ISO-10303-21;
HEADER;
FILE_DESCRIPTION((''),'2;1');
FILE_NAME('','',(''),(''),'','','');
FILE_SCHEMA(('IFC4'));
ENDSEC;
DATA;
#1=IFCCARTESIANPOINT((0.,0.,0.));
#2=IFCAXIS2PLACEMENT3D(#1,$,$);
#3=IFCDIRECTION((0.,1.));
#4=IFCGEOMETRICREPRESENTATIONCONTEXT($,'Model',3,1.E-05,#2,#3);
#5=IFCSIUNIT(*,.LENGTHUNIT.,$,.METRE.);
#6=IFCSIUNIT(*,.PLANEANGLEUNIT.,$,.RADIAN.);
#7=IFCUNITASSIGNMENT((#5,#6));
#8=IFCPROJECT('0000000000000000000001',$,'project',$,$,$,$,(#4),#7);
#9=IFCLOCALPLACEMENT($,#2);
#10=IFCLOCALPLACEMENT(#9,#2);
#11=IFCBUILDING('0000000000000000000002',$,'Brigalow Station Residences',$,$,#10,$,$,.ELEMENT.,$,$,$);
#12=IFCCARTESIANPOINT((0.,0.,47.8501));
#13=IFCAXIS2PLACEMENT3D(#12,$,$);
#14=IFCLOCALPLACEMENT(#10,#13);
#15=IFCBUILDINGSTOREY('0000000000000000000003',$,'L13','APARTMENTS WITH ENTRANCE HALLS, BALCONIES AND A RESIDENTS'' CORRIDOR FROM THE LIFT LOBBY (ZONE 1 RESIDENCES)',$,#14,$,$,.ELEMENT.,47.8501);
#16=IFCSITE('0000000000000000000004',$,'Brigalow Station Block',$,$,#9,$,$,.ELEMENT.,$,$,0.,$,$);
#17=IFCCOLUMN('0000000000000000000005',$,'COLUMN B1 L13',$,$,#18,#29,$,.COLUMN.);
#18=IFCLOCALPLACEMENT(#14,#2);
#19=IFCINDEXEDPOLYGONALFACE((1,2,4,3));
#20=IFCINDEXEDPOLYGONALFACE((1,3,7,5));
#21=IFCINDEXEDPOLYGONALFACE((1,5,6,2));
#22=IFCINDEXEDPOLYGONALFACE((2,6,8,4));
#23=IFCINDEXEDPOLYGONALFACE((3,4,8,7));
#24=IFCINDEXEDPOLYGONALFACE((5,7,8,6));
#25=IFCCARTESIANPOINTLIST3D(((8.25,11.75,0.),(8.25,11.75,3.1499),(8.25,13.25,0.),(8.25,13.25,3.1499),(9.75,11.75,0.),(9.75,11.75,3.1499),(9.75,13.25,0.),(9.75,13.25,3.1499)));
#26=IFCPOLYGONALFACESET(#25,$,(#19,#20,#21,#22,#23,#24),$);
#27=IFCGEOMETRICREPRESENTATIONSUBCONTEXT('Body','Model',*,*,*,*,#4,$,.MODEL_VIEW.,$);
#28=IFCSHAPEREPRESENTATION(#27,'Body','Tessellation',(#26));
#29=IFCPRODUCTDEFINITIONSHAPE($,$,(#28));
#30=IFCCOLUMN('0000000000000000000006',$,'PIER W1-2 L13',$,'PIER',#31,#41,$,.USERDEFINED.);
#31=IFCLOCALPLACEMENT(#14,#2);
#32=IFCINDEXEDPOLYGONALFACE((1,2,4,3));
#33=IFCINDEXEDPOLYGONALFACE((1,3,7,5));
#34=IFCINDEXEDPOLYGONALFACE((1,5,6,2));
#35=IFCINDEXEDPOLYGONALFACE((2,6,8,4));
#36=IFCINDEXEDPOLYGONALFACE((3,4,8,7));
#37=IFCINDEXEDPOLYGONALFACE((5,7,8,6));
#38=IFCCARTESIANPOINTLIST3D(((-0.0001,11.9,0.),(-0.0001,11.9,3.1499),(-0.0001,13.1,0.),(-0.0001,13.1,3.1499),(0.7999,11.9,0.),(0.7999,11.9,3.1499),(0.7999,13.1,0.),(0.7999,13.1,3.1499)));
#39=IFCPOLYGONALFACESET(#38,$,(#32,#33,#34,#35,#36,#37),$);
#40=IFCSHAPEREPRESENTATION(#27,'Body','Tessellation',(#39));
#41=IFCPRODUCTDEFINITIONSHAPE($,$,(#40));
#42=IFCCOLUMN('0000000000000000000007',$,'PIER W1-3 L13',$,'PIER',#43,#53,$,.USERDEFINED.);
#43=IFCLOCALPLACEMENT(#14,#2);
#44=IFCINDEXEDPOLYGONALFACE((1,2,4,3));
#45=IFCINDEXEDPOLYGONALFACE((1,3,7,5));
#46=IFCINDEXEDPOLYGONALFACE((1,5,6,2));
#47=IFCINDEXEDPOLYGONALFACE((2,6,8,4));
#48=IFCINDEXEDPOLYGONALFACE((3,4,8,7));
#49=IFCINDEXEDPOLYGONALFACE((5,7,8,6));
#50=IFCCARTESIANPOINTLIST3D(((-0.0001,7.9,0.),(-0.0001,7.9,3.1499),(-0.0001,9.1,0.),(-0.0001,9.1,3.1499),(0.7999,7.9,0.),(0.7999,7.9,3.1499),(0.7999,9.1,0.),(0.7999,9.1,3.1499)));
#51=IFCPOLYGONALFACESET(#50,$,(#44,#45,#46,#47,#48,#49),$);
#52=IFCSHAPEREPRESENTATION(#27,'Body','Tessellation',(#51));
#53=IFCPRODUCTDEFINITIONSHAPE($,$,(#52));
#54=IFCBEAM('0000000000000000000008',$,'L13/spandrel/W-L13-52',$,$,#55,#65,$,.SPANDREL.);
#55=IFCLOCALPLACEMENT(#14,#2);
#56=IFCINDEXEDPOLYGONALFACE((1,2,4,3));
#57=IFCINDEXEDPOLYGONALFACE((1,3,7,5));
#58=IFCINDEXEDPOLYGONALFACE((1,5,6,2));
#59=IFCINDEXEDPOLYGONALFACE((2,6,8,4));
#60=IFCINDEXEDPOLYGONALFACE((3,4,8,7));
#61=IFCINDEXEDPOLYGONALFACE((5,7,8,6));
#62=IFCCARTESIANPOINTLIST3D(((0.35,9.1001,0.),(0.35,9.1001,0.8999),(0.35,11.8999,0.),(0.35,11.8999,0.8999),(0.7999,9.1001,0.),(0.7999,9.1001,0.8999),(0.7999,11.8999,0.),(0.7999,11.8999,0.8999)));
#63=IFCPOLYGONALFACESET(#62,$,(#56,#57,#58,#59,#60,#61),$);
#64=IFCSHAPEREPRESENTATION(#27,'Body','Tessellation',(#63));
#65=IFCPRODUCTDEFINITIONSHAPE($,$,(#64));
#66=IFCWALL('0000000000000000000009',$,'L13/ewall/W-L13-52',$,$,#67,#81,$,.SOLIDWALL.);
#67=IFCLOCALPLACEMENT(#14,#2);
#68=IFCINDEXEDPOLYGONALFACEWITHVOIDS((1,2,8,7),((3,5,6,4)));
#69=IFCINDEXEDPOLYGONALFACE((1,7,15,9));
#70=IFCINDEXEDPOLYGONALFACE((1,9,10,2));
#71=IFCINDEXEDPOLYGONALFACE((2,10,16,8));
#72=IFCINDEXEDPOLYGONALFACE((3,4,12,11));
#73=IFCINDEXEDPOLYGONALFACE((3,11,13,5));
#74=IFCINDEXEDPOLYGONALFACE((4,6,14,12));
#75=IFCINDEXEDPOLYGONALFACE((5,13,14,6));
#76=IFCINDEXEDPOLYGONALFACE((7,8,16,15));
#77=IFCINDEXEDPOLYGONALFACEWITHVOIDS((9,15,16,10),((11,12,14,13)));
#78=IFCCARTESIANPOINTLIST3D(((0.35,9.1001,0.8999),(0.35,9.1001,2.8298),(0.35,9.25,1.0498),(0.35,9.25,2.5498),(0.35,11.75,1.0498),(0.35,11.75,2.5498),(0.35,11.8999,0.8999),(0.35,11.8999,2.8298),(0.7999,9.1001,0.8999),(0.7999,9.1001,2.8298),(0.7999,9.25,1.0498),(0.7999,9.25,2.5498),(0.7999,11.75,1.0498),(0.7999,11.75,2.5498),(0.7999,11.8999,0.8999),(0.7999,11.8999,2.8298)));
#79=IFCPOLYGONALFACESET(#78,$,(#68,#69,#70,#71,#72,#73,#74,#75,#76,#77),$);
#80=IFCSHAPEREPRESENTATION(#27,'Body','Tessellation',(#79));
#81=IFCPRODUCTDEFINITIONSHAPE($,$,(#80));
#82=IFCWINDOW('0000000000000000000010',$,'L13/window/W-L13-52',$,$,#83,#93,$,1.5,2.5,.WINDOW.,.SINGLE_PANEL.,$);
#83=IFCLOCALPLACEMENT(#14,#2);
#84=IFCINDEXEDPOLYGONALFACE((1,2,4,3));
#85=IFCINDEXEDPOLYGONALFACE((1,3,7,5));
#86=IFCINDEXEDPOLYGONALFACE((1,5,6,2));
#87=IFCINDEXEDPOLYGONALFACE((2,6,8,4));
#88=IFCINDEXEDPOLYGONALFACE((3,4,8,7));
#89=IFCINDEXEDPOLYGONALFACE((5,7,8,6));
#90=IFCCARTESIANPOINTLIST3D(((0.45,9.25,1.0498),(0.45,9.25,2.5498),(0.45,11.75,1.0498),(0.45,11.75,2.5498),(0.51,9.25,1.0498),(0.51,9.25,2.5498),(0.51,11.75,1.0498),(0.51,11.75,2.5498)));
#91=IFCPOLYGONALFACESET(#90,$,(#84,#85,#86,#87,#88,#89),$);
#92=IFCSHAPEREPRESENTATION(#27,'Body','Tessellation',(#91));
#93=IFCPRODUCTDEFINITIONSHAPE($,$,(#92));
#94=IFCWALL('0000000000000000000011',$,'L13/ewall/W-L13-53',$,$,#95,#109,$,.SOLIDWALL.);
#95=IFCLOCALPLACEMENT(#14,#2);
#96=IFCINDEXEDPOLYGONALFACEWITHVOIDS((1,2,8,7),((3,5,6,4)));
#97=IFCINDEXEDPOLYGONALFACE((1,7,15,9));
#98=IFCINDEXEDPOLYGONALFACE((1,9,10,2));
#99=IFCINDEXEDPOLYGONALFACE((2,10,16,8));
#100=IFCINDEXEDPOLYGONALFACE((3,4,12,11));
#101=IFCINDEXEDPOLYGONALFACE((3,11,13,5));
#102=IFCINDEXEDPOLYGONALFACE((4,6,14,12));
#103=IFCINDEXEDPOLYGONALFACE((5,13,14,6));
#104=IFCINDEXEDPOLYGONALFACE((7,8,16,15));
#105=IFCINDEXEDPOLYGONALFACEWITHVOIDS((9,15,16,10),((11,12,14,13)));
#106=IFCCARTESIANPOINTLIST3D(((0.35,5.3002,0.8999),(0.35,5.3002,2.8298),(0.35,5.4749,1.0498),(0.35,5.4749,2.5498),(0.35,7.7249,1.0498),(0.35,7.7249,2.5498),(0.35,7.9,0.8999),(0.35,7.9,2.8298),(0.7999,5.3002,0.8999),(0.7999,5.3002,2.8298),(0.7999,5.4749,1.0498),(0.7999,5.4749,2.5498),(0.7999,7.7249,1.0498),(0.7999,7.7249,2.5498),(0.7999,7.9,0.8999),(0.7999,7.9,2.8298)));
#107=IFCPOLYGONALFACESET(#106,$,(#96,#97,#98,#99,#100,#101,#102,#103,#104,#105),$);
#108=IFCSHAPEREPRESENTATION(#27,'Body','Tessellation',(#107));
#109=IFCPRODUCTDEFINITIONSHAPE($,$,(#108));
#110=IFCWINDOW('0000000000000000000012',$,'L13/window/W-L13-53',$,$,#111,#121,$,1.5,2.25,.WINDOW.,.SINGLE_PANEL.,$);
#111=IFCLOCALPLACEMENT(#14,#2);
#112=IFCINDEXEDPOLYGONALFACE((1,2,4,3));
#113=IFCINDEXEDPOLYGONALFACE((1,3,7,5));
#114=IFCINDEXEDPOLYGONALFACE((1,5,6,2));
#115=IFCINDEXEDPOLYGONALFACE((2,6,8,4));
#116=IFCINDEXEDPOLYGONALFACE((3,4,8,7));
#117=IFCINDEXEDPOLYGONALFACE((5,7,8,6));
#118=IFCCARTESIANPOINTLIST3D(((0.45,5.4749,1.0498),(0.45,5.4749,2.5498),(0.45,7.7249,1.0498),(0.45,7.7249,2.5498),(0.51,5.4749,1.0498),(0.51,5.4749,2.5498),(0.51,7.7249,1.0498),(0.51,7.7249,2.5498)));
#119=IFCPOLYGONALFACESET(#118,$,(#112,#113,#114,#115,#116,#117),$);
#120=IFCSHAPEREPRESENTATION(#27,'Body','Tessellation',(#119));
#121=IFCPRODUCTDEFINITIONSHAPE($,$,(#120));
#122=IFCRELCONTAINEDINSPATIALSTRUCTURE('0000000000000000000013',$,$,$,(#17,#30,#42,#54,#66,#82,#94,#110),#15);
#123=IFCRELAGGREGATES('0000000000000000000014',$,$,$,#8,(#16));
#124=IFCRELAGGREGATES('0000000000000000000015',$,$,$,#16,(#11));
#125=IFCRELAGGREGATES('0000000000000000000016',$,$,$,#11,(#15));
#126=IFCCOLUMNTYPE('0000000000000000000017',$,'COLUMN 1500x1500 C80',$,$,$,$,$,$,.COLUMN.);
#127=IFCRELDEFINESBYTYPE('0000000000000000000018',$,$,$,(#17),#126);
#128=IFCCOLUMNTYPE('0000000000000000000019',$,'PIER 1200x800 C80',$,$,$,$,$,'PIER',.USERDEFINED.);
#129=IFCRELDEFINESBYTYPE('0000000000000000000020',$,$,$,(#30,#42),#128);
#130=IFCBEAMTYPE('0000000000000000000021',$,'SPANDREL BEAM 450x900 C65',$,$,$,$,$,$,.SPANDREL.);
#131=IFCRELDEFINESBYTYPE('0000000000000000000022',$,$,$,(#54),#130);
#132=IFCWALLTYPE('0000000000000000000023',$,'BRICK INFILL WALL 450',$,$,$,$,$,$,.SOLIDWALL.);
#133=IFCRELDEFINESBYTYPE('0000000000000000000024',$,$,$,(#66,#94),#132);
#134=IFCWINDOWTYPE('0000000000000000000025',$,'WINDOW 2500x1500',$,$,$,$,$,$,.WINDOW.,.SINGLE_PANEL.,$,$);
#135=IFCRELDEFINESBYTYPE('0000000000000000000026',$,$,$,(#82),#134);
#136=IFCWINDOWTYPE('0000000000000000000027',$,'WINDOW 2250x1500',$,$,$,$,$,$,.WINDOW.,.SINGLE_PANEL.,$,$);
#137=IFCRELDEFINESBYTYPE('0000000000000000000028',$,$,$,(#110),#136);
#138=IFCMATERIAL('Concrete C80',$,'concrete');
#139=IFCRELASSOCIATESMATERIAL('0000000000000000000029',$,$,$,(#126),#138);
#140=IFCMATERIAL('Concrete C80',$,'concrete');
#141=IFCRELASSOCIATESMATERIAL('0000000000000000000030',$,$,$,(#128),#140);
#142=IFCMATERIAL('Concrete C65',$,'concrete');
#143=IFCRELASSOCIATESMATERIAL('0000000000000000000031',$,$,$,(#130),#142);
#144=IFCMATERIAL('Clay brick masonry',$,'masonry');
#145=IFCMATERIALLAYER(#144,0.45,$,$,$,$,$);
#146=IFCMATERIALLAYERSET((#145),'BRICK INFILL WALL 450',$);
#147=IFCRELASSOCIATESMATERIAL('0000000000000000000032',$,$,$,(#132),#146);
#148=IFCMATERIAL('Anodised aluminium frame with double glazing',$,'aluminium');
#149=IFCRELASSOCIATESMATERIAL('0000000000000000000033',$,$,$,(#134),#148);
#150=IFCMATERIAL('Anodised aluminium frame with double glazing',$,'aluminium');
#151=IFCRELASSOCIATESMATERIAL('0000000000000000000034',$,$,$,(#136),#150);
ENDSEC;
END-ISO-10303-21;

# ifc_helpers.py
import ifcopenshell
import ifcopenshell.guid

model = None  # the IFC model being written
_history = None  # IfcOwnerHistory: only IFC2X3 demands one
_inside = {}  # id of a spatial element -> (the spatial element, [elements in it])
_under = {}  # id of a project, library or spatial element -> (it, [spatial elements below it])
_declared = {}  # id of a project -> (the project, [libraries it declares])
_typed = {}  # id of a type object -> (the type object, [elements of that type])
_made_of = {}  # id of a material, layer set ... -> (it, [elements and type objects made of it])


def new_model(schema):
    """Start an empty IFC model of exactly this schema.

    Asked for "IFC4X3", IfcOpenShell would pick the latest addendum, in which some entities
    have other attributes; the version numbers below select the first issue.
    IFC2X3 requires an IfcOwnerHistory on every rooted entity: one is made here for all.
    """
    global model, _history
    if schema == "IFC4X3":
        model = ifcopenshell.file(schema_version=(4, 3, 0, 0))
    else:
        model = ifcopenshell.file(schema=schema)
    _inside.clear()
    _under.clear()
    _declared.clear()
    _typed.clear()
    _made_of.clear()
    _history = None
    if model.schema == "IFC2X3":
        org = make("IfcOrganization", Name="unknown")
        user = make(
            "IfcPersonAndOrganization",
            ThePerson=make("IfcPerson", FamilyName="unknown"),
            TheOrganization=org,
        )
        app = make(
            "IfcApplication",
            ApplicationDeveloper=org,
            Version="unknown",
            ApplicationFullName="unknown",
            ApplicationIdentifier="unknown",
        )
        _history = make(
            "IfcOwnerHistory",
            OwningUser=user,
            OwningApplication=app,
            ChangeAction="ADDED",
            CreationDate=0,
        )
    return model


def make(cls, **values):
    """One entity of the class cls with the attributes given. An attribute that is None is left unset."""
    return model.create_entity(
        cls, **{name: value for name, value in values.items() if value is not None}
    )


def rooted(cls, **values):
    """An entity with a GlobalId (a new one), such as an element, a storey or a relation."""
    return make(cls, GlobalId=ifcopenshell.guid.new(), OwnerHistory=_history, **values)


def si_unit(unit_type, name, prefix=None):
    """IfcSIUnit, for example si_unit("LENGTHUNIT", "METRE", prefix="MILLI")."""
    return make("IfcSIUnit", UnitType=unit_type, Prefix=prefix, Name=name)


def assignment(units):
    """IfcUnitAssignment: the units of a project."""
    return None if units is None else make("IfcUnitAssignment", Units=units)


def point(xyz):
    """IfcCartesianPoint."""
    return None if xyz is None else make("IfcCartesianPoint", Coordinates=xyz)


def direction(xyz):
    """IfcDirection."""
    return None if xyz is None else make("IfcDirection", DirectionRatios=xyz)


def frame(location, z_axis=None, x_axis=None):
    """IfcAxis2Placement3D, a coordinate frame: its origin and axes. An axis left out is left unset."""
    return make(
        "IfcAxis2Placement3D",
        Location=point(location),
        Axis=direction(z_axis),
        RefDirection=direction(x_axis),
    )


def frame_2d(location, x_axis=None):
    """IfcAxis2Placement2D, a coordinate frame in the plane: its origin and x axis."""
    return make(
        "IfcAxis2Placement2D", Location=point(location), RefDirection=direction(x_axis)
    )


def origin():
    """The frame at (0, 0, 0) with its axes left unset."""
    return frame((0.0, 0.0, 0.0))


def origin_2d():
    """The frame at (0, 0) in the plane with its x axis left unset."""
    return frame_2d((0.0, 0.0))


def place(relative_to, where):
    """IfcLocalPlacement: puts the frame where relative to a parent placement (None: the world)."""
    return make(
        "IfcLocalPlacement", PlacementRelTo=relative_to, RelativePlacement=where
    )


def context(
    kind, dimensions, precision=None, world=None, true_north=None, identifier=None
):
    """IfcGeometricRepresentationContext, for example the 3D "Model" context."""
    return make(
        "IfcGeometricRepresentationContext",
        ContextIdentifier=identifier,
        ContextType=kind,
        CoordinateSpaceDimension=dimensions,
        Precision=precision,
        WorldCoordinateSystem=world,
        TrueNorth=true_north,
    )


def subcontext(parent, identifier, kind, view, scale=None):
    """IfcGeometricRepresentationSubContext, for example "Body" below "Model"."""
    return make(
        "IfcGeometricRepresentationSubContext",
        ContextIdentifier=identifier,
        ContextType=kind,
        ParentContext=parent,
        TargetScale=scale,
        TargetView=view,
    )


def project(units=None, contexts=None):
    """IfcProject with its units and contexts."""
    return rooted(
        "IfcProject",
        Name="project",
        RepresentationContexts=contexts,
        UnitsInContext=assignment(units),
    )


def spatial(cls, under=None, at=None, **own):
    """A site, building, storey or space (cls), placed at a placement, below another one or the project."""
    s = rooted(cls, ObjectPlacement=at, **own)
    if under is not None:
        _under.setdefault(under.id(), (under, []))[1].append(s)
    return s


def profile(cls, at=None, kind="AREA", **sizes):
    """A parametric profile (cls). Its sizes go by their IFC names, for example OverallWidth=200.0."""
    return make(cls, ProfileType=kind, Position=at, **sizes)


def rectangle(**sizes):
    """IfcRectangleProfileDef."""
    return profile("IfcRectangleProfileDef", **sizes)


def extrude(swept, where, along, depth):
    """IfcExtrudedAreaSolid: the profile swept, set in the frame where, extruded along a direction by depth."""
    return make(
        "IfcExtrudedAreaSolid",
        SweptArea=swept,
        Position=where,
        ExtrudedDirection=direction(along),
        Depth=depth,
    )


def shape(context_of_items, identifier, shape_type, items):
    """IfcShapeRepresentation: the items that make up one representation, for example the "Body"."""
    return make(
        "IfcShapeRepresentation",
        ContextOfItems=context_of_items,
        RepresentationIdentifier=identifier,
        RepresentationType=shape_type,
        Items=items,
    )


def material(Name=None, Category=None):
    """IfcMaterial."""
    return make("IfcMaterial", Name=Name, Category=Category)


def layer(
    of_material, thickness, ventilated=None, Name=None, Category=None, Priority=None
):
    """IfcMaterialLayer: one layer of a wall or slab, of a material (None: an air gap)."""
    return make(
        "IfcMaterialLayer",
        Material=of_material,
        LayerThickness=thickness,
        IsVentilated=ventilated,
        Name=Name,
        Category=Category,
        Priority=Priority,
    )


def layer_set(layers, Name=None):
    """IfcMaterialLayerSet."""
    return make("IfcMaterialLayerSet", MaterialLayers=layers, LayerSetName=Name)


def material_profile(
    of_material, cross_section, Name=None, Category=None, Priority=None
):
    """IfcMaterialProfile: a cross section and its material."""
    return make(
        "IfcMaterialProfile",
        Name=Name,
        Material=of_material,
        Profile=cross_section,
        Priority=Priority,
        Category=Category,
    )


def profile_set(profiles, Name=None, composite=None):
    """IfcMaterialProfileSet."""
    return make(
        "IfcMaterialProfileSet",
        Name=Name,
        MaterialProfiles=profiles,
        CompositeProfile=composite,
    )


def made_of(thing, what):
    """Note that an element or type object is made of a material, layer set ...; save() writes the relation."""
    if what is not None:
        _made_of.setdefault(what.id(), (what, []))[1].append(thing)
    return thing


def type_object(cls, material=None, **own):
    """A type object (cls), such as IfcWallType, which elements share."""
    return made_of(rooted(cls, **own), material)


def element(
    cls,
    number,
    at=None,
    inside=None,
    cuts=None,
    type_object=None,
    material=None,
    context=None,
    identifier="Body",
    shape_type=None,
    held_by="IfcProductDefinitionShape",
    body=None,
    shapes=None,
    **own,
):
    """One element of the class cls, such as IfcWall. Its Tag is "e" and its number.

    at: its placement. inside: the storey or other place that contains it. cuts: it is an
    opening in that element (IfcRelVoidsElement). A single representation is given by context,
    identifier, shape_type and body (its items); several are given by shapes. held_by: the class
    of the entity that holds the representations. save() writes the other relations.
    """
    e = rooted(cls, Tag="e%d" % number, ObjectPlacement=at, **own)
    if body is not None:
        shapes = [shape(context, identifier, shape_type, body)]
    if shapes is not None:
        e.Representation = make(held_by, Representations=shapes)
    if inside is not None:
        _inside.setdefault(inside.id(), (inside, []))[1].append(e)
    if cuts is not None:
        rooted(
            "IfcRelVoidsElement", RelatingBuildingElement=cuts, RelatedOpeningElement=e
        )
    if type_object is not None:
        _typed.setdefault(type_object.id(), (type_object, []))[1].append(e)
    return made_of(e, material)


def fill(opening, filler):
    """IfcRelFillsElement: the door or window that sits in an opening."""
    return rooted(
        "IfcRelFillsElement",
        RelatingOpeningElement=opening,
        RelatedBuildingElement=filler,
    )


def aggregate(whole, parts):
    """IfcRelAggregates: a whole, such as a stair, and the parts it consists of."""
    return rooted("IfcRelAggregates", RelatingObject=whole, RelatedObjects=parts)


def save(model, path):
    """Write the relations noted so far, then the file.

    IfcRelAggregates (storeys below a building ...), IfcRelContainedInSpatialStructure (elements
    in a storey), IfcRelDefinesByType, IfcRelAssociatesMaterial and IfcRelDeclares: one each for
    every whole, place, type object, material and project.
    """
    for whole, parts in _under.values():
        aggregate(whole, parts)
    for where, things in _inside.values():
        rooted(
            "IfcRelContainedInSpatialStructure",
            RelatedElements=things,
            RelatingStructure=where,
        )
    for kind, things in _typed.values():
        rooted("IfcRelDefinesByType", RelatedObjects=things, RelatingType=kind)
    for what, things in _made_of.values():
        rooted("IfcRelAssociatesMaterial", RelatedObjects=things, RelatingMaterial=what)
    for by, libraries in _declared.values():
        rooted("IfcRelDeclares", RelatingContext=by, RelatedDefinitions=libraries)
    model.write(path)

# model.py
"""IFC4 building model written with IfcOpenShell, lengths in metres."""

from ifc_helpers import new_model, si_unit, direction, frame, frame_2d, origin, origin_2d, place, context, subcontext, project, spatial, rectangle, extrude, material, layer, layer_set, material_profile, profile_set, type_object, element, fill, save


model = new_model("IFC4")

# Units and contexts
model_context = context("Model", 3, precision=1e-05, world=origin(), true_north=direction((0.0, 1.0)))
body_context = subcontext(model_context, "Body", "Model", "MODEL_VIEW")
ifc_project = project(units=[si_unit("LENGTHUNIT", "METRE"), si_unit("PLANEANGLEUNIT", "RADIAN")], contexts=[model_context])

# Site, building, storey
site_placement = place(None, origin())
site = spatial("IfcSite", under=ifc_project, at=site_placement, Name="Brigalow Station Block", CompositionType="ELEMENT", RefElevation=0.0)
building_placement = place(site_placement, origin())
building = spatial("IfcBuilding", under=site, at=building_placement, Name="Brigalow Station Residences", CompositionType="ELEMENT")
storey_placement = place(building_placement, frame((0.0, 0.0, 47.8501)))
storey = spatial("IfcBuildingStorey", under=building, at=storey_placement, Name="L13", Description="APARTMENTS WITH ENTRANCE HALLS, BALCONIES AND A RESIDENTS' CORRIDOR FROM THE LIFT LOBBY (ZONE 1 RESIDENCES)", CompositionType="ELEMENT", Elevation=47.8501)

# Columns
ifc_material_1 = material(Name="Concrete C80", Category="concrete")
ifc_material_profile_1 = material_profile(ifc_material_1, rectangle(XDim=1.5, YDim=1.5, at=origin_2d()), Name="RC1500x1500")
ifc_profile_set_1 = profile_set([ifc_material_profile_1], Name="Concrete C80")
column_type_1 = type_object("IfcColumnType", Name="COLUMN 1500x1500 C80", PredefinedType="COLUMN", material=ifc_profile_set_1)
column_placement = place(storey_placement, frame((9.0, 12.5, 0.0), z_axis=(0.0, 0.0, 1.0), x_axis=(1.0, 0.0, 0.0)))
element("IfcColumn", 1, at=column_placement, inside=storey, type_object=column_type_1, Name="COLUMN B1 L13", PredefinedType="COLUMN", context=body_context, shape_type="SweptSolid", body=[
    extrude(rectangle(XDim=1.5, YDim=1.5, at=origin_2d()), origin(), (0.0, 0.0, 1.0), 3.1499),
])
ifc_material_2 = material(Name="Concrete C80", Category="concrete")
ifc_material_profile_2 = material_profile(ifc_material_2, rectangle(XDim=1.2, YDim=0.8, at=origin_2d()), Name="RC1200x800")
ifc_profile_set_2 = profile_set([ifc_material_profile_2], Name="Concrete C80")
column_type_2 = type_object("IfcColumnType", Name="PIER 1200x800 C80", ElementType="PIER", PredefinedType="USERDEFINED", material=ifc_profile_set_2)
for number, where, z_axis, x_axis, name in (
    (2, (0.3999, 12.5, 0.0), (0.0, 0.0, 1.0), (0.0, -1.0, 0.0), "PIER W1-2 L13"),
    (3, (0.3999, 8.5, 0.0), (0.0, 0.0, 1.0), (0.0, -1.0, 0.0), "PIER W1-3 L13"),
):
    element("IfcColumn", number, at=place(storey_placement, frame(where, z_axis=z_axis, x_axis=x_axis)), inside=storey, type_object=column_type_2, Name=name, ObjectType="PIER", PredefinedType="USERDEFINED", context=body_context, shape_type="SweptSolid", body=[
        extrude(rectangle(XDim=1.2, YDim=0.8, at=origin_2d()), origin(), (0.0, 0.0, 1.0), 3.1499),
    ])

# Beam
ifc_material_3 = material(Name="Concrete C65", Category="concrete")
ifc_material_profile_3 = material_profile(ifc_material_3, rectangle(XDim=0.45, YDim=0.8999, at=origin_2d()), Name="RC450x900")
ifc_profile_set_3 = profile_set([ifc_material_profile_3], Name="Concrete C65")
beam_type = type_object("IfcBeamType", Name="SPANDREL BEAM 450x900 C65", PredefinedType="SPANDREL", material=ifc_profile_set_3)
beam_placement = place(storey_placement, frame((0.575, 11.8999, 0.45), z_axis=(0.0, -1.0, 0.0), x_axis=(1.0, 0.0, 0.0)))
element("IfcBeam", 4, at=beam_placement, inside=storey, type_object=beam_type, Name="L13/spandrel/W-L13-52", PredefinedType="SPANDREL", context=body_context, shape_type="SweptSolid", body=[
    extrude(rectangle(XDim=0.45, YDim=0.8999, at=origin_2d()), origin(), (0.0, 0.0, 1.0), 2.7998),
])

# Walls, openings, windows
ifc_material_4 = material(Name="Clay brick masonry", Category="masonry")
ifc_layer_1 = layer(ifc_material_4, 0.45)
ifc_layer_set_1 = layer_set([ifc_layer_1], Name="BRICK INFILL WALL 450")
wall_type_1 = type_object("IfcWallType", Name="BRICK INFILL WALL 450", PredefinedType="SOLIDWALL", material=ifc_layer_set_1)
wall_1_placement = place(storey_placement, frame((0.575, 11.8999, 0.8999), z_axis=(0.0, 0.0, 1.0), x_axis=(0.0, -1.0, 0.0)))
wall_1 = element("IfcWall", 5, at=wall_1_placement, inside=storey, type_object=wall_type_1, Name="L13/ewall/W-L13-52", PredefinedType="SOLIDWALL", context=body_context, shape_type="SweptSolid", body=[
    extrude(rectangle(XDim=2.7998, YDim=0.45, at=frame_2d((1.3999, 0.0))), origin(), (0.0, 0.0, 1.0), 1.9299),
])
opening_1_placement = place(wall_1_placement, frame((0.1499, 0.0, 0.1499)))
opening_1 = element("IfcOpeningElement", 6, at=opening_1_placement, cuts=wall_1, PredefinedType="OPENING", context=body_context, shape_type="SweptSolid", body=[
    extrude(rectangle(XDim=2.5, YDim=1.5, at=frame_2d((1.25, 0.75))), frame((0.0, 0.2349, 0.0), z_axis=(0.0, -1.0, 0.0), x_axis=(1.0, 0.0, 0.0)), (0.0, 0.0, 1.0), 0.47),
])
ifc_material_5 = material(Name="Anodised aluminium frame with double glazing", Category="aluminium")
window_type_1 = type_object("IfcWindowType", Name="WINDOW 2500x1500", PartitioningType="SINGLE_PANEL", PredefinedType="WINDOW", material=ifc_material_5)
window_1_placement = place(opening_1_placement, origin())
window_1 = element("IfcWindow", 7, at=window_1_placement, inside=storey, type_object=window_type_1, Name="L13/window/W-L13-52", OverallHeight=1.5, OverallWidth=2.5, PartitioningType="SINGLE_PANEL", PredefinedType="WINDOW", context=body_context, shape_type="SweptSolid", body=[
    extrude(rectangle(XDim=2.5, YDim=1.5, at=frame_2d((1.25, 0.75))), frame((0.0, -0.0649, 0.0), z_axis=(0.0, -1.0, 0.0), x_axis=(1.0, 0.0, 0.0)), (0.0, 0.0, 1.0), 0.0601),
])
fill(opening_1, window_1)
wall_2_placement = place(storey_placement, frame((0.575, 7.8999, 0.8999), z_axis=(0.0, 0.0, 1.0), x_axis=(0.0, -1.0, 0.0)))
wall_2 = element("IfcWall", 8, at=wall_2_placement, inside=storey, type_object=wall_type_1, Name="L13/ewall/W-L13-53", PredefinedType="SOLIDWALL", context=body_context, shape_type="SweptSolid", body=[
    extrude(rectangle(XDim=2.5999, YDim=0.45, at=frame_2d((1.2998, 0.0))), origin(), (0.0, 0.0, 1.0), 1.9299),
])
opening_2_placement = place(wall_2_placement, frame((0.175, 0.0, 0.1499)))
opening_2 = element("IfcOpeningElement", 9, at=opening_2_placement, cuts=wall_2, PredefinedType="OPENING", context=body_context, shape_type="SweptSolid", body=[
    extrude(rectangle(XDim=2.25, YDim=1.5, at=frame_2d((1.125, 0.75))), frame((0.0, 0.2349, 0.0), z_axis=(0.0, -1.0, 0.0), x_axis=(1.0, 0.0, 0.0)), (0.0, 0.0, 1.0), 0.47),
])
ifc_material_6 = material(Name="Anodised aluminium frame with double glazing", Category="aluminium")
window_type_2 = type_object("IfcWindowType", Name="WINDOW 2250x1500", PartitioningType="SINGLE_PANEL", PredefinedType="WINDOW", material=ifc_material_6)
window_2_placement = place(opening_2_placement, origin())
window_2 = element("IfcWindow", 10, at=window_2_placement, inside=storey, type_object=window_type_2, Name="L13/window/W-L13-53", OverallHeight=1.5, OverallWidth=2.25, PartitioningType="SINGLE_PANEL", PredefinedType="WINDOW", context=body_context, shape_type="SweptSolid", body=[
    extrude(rectangle(XDim=2.25, YDim=1.5, at=frame_2d((1.125, 0.75))), frame((0.0, -0.0649, 0.0), z_axis=(0.0, -1.0, 0.0), x_axis=(1.0, 0.0, 0.0)), (0.0, 0.0, 1.0), 0.0601),
])
fill(opening_2, window_2)

save(model, "model.ifc")
